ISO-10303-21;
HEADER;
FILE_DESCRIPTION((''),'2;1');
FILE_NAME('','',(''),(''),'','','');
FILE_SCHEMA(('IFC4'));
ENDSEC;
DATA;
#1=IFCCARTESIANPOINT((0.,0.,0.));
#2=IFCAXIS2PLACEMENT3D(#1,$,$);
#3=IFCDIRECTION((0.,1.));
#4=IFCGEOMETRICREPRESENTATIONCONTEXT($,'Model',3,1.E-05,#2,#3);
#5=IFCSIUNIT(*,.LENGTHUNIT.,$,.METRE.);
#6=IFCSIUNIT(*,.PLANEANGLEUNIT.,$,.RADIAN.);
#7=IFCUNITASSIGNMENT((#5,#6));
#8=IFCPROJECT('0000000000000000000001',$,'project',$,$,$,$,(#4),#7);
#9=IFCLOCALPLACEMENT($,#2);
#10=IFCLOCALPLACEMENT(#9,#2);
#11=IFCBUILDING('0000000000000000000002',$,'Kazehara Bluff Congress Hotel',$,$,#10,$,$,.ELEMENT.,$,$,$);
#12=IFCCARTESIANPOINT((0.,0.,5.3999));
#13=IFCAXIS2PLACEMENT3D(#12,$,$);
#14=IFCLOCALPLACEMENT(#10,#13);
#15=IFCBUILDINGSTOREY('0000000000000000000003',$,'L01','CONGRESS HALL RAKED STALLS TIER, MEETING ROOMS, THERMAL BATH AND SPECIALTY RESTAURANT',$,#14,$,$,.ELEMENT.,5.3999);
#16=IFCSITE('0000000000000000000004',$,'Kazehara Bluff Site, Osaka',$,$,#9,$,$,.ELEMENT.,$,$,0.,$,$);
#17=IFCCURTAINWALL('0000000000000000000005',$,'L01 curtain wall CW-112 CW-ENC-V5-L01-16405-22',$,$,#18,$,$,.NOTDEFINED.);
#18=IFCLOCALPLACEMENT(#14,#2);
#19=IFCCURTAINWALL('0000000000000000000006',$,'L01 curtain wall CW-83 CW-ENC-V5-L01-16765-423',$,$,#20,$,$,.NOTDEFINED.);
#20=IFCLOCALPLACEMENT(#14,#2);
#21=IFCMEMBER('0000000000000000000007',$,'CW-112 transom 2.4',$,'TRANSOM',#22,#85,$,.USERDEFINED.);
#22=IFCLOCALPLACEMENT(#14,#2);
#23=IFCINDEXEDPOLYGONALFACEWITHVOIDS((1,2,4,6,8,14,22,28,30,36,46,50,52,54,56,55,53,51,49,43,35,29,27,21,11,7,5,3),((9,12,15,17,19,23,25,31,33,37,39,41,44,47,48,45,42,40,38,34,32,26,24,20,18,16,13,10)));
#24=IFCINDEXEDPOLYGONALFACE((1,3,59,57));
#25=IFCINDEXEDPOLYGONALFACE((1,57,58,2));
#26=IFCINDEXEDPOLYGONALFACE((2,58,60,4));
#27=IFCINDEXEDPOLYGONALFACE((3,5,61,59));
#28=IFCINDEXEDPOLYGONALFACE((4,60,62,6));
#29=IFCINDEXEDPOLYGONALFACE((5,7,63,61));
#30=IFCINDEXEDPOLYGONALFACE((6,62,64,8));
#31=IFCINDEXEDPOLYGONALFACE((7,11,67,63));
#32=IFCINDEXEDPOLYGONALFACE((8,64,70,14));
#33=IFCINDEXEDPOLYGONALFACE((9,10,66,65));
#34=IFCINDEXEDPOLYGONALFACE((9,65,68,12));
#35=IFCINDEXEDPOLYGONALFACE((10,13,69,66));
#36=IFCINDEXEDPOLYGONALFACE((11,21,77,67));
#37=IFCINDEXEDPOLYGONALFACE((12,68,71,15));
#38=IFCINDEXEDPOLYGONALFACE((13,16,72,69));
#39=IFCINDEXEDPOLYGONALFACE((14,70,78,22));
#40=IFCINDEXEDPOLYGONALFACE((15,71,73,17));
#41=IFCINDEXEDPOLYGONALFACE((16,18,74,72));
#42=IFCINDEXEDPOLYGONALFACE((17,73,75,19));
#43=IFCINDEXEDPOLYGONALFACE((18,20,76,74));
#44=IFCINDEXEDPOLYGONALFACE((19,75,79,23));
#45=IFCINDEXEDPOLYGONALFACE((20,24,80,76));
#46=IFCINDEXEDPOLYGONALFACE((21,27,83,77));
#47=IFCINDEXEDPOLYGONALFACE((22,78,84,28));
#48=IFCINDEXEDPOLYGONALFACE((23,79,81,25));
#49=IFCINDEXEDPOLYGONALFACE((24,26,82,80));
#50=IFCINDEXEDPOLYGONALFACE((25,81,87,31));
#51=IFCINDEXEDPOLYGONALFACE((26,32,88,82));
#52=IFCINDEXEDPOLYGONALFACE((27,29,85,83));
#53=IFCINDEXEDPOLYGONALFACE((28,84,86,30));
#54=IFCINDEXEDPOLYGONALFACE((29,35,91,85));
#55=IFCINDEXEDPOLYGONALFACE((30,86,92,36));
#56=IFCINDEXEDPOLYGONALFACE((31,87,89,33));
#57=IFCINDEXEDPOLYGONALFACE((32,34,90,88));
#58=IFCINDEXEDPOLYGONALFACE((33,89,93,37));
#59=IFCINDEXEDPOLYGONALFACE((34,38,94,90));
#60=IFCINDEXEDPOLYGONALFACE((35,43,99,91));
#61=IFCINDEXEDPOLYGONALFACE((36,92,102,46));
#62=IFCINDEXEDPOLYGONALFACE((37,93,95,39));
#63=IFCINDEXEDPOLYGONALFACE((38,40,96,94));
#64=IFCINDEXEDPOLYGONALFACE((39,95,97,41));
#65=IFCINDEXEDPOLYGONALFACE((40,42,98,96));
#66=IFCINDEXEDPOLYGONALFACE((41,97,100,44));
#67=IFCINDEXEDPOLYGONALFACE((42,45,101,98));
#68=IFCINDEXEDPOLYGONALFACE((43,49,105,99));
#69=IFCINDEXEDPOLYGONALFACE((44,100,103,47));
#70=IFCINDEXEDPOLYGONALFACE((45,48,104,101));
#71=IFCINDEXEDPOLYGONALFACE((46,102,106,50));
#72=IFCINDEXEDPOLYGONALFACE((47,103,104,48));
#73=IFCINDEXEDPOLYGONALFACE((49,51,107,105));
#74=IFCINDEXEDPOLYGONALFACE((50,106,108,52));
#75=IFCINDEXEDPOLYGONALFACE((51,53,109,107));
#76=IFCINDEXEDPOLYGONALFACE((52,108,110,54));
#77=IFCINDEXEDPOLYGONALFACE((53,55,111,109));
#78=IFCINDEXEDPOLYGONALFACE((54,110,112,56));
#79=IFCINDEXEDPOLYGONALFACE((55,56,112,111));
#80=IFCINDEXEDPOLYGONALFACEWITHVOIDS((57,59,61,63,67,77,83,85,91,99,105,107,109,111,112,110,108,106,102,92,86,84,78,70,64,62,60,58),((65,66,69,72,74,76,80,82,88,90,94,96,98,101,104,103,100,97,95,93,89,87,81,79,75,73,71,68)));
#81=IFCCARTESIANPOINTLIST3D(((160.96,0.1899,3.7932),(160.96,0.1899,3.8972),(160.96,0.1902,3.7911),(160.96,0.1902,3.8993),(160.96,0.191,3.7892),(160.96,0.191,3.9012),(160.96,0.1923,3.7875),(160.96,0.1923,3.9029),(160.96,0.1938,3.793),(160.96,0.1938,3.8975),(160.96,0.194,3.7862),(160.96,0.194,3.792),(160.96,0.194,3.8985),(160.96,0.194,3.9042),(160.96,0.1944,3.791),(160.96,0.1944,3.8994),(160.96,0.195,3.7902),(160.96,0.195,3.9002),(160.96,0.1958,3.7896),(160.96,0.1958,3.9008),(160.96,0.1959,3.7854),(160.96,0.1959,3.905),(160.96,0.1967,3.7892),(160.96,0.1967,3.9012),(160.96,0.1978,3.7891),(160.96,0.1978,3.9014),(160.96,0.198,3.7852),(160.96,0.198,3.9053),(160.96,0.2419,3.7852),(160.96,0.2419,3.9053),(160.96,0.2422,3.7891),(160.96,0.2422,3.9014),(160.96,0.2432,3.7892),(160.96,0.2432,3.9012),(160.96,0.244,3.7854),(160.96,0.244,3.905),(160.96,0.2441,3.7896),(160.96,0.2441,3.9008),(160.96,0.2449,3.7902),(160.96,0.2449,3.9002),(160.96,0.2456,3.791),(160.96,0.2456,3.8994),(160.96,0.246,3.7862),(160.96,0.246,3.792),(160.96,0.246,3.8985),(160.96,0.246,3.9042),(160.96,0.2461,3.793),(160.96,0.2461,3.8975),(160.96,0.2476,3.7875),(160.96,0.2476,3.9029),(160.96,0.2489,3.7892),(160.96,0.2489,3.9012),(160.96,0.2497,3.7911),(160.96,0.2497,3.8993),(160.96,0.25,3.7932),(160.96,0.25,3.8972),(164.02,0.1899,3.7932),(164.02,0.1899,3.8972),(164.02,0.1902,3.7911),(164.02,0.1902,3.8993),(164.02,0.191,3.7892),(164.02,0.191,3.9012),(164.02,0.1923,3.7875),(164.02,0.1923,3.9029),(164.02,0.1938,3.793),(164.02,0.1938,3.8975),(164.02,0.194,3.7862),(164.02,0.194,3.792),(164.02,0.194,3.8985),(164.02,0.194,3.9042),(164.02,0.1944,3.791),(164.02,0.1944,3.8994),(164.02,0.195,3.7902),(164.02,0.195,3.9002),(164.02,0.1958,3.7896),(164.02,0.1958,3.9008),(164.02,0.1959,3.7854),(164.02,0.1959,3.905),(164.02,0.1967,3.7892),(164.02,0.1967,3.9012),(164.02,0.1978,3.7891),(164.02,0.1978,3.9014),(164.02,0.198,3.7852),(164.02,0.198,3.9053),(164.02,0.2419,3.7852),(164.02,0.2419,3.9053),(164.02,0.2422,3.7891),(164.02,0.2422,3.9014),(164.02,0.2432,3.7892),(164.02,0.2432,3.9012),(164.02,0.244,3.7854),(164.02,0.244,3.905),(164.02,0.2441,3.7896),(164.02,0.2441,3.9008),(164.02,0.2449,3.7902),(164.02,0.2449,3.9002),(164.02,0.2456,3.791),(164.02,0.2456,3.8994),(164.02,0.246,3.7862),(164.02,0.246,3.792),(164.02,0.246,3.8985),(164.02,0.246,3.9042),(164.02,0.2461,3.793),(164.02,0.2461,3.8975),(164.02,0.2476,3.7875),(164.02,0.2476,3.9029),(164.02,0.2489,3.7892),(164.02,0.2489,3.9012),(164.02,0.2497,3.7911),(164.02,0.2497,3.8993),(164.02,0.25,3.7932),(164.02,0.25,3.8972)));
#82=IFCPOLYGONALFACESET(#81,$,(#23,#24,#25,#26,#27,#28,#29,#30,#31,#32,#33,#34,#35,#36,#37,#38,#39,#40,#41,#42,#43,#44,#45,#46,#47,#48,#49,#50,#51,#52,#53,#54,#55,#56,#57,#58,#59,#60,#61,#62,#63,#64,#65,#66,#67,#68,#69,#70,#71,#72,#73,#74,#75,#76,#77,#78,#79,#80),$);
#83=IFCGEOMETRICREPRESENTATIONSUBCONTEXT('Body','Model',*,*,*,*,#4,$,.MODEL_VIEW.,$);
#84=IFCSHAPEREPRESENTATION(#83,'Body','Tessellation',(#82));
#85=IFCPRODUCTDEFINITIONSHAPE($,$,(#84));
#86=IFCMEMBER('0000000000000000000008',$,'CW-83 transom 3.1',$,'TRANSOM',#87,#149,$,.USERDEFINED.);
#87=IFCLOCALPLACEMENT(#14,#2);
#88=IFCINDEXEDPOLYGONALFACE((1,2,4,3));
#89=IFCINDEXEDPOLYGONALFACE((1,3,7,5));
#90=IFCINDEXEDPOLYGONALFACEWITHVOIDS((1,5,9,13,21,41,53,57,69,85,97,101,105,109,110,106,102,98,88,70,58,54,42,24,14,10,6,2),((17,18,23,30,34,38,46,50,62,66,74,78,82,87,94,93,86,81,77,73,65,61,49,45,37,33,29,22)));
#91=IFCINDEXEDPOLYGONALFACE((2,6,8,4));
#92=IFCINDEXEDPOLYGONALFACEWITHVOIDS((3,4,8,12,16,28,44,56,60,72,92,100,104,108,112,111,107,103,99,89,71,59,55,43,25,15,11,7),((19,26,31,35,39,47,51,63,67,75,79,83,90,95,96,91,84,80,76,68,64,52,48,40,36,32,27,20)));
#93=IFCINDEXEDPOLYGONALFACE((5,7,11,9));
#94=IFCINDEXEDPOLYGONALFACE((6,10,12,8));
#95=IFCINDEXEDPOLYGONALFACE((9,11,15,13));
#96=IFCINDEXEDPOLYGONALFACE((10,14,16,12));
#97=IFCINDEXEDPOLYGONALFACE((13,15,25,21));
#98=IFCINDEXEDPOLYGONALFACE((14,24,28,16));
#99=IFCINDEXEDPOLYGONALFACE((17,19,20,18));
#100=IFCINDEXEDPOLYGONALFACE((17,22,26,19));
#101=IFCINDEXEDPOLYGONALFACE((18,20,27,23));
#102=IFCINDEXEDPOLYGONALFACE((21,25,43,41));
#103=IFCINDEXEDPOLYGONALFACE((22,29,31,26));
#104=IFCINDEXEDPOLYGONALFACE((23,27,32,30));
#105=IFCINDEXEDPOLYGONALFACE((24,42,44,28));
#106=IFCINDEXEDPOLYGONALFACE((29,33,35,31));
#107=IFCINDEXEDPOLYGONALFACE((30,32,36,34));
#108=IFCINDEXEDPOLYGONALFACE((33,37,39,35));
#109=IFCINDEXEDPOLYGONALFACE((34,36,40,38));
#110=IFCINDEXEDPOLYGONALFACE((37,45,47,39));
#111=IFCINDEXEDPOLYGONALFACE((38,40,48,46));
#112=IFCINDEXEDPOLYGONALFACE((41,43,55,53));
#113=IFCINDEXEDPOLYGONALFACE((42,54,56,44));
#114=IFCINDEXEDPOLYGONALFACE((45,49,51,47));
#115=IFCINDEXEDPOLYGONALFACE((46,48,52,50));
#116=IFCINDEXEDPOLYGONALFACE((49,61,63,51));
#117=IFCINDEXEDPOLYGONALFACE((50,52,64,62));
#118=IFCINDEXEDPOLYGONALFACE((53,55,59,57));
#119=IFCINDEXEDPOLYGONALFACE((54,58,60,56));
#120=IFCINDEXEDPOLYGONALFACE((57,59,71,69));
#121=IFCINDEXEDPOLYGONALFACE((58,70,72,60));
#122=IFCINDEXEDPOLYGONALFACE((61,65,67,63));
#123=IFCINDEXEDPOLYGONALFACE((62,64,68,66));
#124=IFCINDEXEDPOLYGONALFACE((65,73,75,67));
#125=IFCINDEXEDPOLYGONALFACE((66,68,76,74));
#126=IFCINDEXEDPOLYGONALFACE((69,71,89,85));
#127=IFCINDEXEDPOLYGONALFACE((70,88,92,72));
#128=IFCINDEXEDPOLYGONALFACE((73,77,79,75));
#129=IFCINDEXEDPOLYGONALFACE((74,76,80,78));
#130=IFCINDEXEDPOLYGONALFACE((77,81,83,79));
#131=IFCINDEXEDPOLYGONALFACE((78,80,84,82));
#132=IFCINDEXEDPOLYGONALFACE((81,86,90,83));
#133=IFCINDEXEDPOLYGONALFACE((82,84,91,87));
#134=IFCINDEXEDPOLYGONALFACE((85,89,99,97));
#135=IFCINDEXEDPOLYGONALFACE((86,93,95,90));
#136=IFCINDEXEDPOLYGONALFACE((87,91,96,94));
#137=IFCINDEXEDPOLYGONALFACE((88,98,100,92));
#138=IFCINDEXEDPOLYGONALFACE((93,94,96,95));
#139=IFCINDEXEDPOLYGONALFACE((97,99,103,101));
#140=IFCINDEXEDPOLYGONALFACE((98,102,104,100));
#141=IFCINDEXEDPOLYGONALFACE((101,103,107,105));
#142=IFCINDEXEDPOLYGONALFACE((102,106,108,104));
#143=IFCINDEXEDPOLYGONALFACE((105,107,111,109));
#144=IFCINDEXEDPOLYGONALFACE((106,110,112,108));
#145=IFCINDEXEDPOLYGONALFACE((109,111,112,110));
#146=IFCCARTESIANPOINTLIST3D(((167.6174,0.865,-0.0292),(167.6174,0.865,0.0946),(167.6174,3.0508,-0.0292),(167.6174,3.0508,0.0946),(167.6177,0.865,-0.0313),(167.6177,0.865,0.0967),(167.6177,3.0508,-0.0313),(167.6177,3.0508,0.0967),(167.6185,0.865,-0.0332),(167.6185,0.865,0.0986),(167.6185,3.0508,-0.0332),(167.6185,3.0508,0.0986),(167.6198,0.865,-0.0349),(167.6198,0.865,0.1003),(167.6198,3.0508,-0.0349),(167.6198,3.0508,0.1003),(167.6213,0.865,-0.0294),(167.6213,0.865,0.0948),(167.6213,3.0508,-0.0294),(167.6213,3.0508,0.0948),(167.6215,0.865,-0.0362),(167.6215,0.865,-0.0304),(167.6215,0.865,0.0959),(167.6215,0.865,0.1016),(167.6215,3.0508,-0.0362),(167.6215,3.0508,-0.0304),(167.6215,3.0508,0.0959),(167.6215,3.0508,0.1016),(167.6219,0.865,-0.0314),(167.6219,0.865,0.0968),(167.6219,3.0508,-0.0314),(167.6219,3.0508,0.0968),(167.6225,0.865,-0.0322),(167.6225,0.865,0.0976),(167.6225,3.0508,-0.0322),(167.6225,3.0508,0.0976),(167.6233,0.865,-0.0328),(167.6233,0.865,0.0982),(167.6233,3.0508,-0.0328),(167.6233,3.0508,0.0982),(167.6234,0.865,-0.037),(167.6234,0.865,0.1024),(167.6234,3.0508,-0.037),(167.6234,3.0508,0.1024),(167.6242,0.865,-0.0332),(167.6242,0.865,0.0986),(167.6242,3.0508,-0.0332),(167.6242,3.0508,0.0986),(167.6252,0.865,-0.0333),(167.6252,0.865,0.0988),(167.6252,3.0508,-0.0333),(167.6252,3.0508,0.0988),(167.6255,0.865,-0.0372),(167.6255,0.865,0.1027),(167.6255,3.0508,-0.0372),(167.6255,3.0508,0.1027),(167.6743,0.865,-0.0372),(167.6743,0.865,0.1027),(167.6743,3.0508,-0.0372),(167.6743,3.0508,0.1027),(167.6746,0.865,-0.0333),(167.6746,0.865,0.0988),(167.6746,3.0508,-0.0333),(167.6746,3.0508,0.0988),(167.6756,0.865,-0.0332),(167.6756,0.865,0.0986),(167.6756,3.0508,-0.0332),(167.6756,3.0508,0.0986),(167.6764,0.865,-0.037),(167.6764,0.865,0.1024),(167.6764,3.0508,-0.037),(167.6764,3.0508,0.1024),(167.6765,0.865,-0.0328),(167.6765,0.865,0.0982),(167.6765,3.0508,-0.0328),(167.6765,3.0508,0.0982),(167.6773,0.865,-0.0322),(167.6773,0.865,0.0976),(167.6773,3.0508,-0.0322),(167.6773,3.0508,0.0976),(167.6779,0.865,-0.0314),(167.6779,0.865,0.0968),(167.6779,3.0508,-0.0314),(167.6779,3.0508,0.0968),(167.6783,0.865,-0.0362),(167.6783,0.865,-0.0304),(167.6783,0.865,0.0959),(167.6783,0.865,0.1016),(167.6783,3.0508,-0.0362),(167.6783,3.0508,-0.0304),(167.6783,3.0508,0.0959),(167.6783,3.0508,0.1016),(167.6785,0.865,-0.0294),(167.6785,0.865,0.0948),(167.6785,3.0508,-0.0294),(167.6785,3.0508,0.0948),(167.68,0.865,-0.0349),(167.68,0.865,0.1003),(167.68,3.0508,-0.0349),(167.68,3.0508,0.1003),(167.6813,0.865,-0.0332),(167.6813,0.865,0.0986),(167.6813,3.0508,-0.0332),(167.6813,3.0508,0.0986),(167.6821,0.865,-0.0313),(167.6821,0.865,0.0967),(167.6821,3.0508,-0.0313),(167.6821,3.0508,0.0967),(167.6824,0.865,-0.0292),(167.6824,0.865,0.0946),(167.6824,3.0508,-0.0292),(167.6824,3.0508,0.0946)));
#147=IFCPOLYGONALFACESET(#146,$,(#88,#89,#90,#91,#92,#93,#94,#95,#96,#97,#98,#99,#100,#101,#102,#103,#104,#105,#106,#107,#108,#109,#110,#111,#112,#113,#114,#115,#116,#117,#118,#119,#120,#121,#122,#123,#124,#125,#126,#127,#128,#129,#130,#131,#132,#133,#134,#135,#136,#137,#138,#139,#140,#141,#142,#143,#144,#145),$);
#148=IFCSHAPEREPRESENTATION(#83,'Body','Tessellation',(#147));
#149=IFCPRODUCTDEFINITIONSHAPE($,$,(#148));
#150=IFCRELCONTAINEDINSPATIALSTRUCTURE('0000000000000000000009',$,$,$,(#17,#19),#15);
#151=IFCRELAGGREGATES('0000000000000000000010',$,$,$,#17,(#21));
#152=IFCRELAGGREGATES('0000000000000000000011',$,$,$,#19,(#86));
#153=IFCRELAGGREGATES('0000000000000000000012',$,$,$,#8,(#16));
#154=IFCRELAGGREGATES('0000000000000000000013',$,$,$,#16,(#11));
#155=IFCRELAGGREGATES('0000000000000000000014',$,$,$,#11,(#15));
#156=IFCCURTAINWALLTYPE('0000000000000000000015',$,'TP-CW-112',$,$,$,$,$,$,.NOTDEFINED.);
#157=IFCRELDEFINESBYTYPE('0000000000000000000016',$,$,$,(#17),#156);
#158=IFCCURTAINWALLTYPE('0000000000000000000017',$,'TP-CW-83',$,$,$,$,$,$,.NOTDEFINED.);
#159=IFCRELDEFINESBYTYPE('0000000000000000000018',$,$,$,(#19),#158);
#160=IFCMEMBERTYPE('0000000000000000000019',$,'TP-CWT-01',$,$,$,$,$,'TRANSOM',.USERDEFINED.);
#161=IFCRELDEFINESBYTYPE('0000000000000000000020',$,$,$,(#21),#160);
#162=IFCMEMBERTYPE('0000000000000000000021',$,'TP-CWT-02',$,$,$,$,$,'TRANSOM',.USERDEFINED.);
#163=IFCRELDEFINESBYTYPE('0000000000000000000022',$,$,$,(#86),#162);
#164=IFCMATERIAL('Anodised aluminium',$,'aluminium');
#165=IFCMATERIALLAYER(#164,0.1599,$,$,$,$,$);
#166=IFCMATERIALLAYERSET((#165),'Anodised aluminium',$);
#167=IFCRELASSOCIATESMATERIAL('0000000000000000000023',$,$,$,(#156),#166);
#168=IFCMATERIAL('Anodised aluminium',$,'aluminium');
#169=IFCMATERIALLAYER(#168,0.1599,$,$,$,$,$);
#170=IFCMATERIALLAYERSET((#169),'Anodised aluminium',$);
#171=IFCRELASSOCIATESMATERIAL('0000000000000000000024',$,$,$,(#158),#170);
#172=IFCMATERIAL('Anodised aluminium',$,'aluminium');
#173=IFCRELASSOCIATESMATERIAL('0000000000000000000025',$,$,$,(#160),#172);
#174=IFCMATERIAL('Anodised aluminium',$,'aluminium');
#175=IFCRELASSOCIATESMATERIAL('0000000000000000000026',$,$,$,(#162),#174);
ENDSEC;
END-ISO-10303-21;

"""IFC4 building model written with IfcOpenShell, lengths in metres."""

from ifc_helpers import new_model, si_unit, direction, frame, origin, origin_2d, place, context, subcontext, project, spatial, hollow_rectangle, extrude, material, layer, layer_set, material_profile, profile_set, type_object, element, aggregate, save


model = new_model("IFC4")

# Units and contexts
model_context = context("Model", 3, precision=1e-05, world=origin(), true_north=direction((0.0, 1.0)))
body_context = subcontext(model_context, "Body", "Model", "MODEL_VIEW")
ifc_project = project(units=[si_unit("LENGTHUNIT", "METRE"), si_unit("PLANEANGLEUNIT", "RADIAN")], contexts=[model_context])

# Site, building, storey
site_placement = place(None, origin())
site = spatial("IfcSite", under=ifc_project, at=site_placement, Name="Kazehara Bluff Site, Osaka", CompositionType="ELEMENT", RefElevation=0.0)
building_placement = place(site_placement, origin())
building = spatial("IfcBuilding", under=site, at=building_placement, Name="Kazehara Bluff Congress Hotel", CompositionType="ELEMENT")
storey_placement = place(building_placement, frame((0.0, 0.0, 5.3999)))
storey = spatial("IfcBuildingStorey", under=building, at=storey_placement, Name="L01", Description="CONGRESS HALL RAKED STALLS TIER, MEETING ROOMS, THERMAL BATH AND SPECIALTY RESTAURANT", CompositionType="ELEMENT", Elevation=5.3999)

# Curtain walls
ifc_material_1 = material(Name="Anodised aluminium", Category="aluminium")
ifc_layer_1 = layer(ifc_material_1, 0.1599)
ifc_layer_set_1 = layer_set([ifc_layer_1], Name="Anodised aluminium")
curtain_wall_type_1 = type_object("IfcCurtainWallType", Name="TP-CW-112", PredefinedType="NOTDEFINED", material=ifc_layer_set_1)
curtain_wall_1_placement = place(storey_placement, origin())
curtain_wall_1 = element("IfcCurtainWall", 1, at=curtain_wall_1_placement, inside=storey, type_object=curtain_wall_type_1, Name="L01 curtain wall CW-112 CW-ENC-V5-L01-16405-22", PredefinedType="NOTDEFINED")
ifc_material_2 = material(Name="Anodised aluminium", Category="aluminium")
ifc_layer_2 = layer(ifc_material_2, 0.1599)
ifc_layer_set_2 = layer_set([ifc_layer_2], Name="Anodised aluminium")
curtain_wall_type_2 = type_object("IfcCurtainWallType", Name="TP-CW-83", PredefinedType="NOTDEFINED", material=ifc_layer_set_2)
curtain_wall_2_placement = place(storey_placement, origin())
curtain_wall_2 = element("IfcCurtainWall", 2, at=curtain_wall_2_placement, inside=storey, type_object=curtain_wall_type_2, Name="L01 curtain wall CW-83 CW-ENC-V5-L01-16765-423", PredefinedType="NOTDEFINED")

# Members
ifc_material_3 = material(Name="Anodised aluminium", Category="aluminium")
ifc_material_profile_1 = material_profile(ifc_material_3, hollow_rectangle(XDim=0.0601, YDim=0.1201, WallThickness=0.0039, InnerFilletRadius=0.0039, OuterFilletRadius=0.0081, at=origin_2d()))
ifc_profile_set_1 = profile_set([ifc_material_profile_1], Name="Anodised aluminium")
member_type_1 = type_object("IfcMemberType", Name="TP-CWT-01", ElementType="TRANSOM", PredefinedType="USERDEFINED", material=ifc_profile_set_1)
member_1_placement = place(storey_placement, frame((164.02, 0.22, 3.8452), z_axis=(-1.0, 0.0, 0.0), x_axis=(0.0, -1.0, 0.0)))
member_1 = element("IfcMember", 3, at=member_1_placement, type_object=member_type_1, Name="CW-112 transom 2.4", ObjectType="TRANSOM", PredefinedType="USERDEFINED", context=body_context, shape_type="SweptSolid", body=[
    extrude(hollow_rectangle(XDim=0.0601, YDim=0.1201, WallThickness=0.0039, InnerFilletRadius=0.0039, OuterFilletRadius=0.0081, at=origin_2d()), origin(), (0.0, 0.0, 1.0), 3.0601),
])
ifc_material_4 = material(Name="Anodised aluminium", Category="aluminium")
ifc_material_profile_2 = material_profile(ifc_material_4, hollow_rectangle(XDim=0.0649, YDim=0.1399, WallThickness=0.0039, InnerFilletRadius=0.0039, OuterFilletRadius=0.0081, at=origin_2d()))
ifc_profile_set_2 = profile_set([ifc_material_profile_2], Name="Anodised aluminium")
member_type_2 = type_object("IfcMemberType", Name="TP-CWT-02", ElementType="TRANSOM", PredefinedType="USERDEFINED", material=ifc_profile_set_2)
member_2_placement = place(storey_placement, frame((167.6499, 3.0508, 0.0327), z_axis=(0.0, -1.0, 0.0), x_axis=(1.0, 0.0, 0.0)))
member_2 = element("IfcMember", 4, at=member_2_placement, type_object=member_type_2, Name="CW-83 transom 3.1", ObjectType="TRANSOM", PredefinedType="USERDEFINED", context=body_context, shape_type="SweptSolid", body=[
    extrude(hollow_rectangle(XDim=0.0649, YDim=0.1399, WallThickness=0.0039, InnerFilletRadius=0.0039, OuterFilletRadius=0.0081, at=origin_2d()), origin(), (0.0, 0.0, 1.0), 2.1858),
])

aggregate(curtain_wall_1, [member_1])
aggregate(curtain_wall_2, [member_2])

save(model, "model.ifc")
